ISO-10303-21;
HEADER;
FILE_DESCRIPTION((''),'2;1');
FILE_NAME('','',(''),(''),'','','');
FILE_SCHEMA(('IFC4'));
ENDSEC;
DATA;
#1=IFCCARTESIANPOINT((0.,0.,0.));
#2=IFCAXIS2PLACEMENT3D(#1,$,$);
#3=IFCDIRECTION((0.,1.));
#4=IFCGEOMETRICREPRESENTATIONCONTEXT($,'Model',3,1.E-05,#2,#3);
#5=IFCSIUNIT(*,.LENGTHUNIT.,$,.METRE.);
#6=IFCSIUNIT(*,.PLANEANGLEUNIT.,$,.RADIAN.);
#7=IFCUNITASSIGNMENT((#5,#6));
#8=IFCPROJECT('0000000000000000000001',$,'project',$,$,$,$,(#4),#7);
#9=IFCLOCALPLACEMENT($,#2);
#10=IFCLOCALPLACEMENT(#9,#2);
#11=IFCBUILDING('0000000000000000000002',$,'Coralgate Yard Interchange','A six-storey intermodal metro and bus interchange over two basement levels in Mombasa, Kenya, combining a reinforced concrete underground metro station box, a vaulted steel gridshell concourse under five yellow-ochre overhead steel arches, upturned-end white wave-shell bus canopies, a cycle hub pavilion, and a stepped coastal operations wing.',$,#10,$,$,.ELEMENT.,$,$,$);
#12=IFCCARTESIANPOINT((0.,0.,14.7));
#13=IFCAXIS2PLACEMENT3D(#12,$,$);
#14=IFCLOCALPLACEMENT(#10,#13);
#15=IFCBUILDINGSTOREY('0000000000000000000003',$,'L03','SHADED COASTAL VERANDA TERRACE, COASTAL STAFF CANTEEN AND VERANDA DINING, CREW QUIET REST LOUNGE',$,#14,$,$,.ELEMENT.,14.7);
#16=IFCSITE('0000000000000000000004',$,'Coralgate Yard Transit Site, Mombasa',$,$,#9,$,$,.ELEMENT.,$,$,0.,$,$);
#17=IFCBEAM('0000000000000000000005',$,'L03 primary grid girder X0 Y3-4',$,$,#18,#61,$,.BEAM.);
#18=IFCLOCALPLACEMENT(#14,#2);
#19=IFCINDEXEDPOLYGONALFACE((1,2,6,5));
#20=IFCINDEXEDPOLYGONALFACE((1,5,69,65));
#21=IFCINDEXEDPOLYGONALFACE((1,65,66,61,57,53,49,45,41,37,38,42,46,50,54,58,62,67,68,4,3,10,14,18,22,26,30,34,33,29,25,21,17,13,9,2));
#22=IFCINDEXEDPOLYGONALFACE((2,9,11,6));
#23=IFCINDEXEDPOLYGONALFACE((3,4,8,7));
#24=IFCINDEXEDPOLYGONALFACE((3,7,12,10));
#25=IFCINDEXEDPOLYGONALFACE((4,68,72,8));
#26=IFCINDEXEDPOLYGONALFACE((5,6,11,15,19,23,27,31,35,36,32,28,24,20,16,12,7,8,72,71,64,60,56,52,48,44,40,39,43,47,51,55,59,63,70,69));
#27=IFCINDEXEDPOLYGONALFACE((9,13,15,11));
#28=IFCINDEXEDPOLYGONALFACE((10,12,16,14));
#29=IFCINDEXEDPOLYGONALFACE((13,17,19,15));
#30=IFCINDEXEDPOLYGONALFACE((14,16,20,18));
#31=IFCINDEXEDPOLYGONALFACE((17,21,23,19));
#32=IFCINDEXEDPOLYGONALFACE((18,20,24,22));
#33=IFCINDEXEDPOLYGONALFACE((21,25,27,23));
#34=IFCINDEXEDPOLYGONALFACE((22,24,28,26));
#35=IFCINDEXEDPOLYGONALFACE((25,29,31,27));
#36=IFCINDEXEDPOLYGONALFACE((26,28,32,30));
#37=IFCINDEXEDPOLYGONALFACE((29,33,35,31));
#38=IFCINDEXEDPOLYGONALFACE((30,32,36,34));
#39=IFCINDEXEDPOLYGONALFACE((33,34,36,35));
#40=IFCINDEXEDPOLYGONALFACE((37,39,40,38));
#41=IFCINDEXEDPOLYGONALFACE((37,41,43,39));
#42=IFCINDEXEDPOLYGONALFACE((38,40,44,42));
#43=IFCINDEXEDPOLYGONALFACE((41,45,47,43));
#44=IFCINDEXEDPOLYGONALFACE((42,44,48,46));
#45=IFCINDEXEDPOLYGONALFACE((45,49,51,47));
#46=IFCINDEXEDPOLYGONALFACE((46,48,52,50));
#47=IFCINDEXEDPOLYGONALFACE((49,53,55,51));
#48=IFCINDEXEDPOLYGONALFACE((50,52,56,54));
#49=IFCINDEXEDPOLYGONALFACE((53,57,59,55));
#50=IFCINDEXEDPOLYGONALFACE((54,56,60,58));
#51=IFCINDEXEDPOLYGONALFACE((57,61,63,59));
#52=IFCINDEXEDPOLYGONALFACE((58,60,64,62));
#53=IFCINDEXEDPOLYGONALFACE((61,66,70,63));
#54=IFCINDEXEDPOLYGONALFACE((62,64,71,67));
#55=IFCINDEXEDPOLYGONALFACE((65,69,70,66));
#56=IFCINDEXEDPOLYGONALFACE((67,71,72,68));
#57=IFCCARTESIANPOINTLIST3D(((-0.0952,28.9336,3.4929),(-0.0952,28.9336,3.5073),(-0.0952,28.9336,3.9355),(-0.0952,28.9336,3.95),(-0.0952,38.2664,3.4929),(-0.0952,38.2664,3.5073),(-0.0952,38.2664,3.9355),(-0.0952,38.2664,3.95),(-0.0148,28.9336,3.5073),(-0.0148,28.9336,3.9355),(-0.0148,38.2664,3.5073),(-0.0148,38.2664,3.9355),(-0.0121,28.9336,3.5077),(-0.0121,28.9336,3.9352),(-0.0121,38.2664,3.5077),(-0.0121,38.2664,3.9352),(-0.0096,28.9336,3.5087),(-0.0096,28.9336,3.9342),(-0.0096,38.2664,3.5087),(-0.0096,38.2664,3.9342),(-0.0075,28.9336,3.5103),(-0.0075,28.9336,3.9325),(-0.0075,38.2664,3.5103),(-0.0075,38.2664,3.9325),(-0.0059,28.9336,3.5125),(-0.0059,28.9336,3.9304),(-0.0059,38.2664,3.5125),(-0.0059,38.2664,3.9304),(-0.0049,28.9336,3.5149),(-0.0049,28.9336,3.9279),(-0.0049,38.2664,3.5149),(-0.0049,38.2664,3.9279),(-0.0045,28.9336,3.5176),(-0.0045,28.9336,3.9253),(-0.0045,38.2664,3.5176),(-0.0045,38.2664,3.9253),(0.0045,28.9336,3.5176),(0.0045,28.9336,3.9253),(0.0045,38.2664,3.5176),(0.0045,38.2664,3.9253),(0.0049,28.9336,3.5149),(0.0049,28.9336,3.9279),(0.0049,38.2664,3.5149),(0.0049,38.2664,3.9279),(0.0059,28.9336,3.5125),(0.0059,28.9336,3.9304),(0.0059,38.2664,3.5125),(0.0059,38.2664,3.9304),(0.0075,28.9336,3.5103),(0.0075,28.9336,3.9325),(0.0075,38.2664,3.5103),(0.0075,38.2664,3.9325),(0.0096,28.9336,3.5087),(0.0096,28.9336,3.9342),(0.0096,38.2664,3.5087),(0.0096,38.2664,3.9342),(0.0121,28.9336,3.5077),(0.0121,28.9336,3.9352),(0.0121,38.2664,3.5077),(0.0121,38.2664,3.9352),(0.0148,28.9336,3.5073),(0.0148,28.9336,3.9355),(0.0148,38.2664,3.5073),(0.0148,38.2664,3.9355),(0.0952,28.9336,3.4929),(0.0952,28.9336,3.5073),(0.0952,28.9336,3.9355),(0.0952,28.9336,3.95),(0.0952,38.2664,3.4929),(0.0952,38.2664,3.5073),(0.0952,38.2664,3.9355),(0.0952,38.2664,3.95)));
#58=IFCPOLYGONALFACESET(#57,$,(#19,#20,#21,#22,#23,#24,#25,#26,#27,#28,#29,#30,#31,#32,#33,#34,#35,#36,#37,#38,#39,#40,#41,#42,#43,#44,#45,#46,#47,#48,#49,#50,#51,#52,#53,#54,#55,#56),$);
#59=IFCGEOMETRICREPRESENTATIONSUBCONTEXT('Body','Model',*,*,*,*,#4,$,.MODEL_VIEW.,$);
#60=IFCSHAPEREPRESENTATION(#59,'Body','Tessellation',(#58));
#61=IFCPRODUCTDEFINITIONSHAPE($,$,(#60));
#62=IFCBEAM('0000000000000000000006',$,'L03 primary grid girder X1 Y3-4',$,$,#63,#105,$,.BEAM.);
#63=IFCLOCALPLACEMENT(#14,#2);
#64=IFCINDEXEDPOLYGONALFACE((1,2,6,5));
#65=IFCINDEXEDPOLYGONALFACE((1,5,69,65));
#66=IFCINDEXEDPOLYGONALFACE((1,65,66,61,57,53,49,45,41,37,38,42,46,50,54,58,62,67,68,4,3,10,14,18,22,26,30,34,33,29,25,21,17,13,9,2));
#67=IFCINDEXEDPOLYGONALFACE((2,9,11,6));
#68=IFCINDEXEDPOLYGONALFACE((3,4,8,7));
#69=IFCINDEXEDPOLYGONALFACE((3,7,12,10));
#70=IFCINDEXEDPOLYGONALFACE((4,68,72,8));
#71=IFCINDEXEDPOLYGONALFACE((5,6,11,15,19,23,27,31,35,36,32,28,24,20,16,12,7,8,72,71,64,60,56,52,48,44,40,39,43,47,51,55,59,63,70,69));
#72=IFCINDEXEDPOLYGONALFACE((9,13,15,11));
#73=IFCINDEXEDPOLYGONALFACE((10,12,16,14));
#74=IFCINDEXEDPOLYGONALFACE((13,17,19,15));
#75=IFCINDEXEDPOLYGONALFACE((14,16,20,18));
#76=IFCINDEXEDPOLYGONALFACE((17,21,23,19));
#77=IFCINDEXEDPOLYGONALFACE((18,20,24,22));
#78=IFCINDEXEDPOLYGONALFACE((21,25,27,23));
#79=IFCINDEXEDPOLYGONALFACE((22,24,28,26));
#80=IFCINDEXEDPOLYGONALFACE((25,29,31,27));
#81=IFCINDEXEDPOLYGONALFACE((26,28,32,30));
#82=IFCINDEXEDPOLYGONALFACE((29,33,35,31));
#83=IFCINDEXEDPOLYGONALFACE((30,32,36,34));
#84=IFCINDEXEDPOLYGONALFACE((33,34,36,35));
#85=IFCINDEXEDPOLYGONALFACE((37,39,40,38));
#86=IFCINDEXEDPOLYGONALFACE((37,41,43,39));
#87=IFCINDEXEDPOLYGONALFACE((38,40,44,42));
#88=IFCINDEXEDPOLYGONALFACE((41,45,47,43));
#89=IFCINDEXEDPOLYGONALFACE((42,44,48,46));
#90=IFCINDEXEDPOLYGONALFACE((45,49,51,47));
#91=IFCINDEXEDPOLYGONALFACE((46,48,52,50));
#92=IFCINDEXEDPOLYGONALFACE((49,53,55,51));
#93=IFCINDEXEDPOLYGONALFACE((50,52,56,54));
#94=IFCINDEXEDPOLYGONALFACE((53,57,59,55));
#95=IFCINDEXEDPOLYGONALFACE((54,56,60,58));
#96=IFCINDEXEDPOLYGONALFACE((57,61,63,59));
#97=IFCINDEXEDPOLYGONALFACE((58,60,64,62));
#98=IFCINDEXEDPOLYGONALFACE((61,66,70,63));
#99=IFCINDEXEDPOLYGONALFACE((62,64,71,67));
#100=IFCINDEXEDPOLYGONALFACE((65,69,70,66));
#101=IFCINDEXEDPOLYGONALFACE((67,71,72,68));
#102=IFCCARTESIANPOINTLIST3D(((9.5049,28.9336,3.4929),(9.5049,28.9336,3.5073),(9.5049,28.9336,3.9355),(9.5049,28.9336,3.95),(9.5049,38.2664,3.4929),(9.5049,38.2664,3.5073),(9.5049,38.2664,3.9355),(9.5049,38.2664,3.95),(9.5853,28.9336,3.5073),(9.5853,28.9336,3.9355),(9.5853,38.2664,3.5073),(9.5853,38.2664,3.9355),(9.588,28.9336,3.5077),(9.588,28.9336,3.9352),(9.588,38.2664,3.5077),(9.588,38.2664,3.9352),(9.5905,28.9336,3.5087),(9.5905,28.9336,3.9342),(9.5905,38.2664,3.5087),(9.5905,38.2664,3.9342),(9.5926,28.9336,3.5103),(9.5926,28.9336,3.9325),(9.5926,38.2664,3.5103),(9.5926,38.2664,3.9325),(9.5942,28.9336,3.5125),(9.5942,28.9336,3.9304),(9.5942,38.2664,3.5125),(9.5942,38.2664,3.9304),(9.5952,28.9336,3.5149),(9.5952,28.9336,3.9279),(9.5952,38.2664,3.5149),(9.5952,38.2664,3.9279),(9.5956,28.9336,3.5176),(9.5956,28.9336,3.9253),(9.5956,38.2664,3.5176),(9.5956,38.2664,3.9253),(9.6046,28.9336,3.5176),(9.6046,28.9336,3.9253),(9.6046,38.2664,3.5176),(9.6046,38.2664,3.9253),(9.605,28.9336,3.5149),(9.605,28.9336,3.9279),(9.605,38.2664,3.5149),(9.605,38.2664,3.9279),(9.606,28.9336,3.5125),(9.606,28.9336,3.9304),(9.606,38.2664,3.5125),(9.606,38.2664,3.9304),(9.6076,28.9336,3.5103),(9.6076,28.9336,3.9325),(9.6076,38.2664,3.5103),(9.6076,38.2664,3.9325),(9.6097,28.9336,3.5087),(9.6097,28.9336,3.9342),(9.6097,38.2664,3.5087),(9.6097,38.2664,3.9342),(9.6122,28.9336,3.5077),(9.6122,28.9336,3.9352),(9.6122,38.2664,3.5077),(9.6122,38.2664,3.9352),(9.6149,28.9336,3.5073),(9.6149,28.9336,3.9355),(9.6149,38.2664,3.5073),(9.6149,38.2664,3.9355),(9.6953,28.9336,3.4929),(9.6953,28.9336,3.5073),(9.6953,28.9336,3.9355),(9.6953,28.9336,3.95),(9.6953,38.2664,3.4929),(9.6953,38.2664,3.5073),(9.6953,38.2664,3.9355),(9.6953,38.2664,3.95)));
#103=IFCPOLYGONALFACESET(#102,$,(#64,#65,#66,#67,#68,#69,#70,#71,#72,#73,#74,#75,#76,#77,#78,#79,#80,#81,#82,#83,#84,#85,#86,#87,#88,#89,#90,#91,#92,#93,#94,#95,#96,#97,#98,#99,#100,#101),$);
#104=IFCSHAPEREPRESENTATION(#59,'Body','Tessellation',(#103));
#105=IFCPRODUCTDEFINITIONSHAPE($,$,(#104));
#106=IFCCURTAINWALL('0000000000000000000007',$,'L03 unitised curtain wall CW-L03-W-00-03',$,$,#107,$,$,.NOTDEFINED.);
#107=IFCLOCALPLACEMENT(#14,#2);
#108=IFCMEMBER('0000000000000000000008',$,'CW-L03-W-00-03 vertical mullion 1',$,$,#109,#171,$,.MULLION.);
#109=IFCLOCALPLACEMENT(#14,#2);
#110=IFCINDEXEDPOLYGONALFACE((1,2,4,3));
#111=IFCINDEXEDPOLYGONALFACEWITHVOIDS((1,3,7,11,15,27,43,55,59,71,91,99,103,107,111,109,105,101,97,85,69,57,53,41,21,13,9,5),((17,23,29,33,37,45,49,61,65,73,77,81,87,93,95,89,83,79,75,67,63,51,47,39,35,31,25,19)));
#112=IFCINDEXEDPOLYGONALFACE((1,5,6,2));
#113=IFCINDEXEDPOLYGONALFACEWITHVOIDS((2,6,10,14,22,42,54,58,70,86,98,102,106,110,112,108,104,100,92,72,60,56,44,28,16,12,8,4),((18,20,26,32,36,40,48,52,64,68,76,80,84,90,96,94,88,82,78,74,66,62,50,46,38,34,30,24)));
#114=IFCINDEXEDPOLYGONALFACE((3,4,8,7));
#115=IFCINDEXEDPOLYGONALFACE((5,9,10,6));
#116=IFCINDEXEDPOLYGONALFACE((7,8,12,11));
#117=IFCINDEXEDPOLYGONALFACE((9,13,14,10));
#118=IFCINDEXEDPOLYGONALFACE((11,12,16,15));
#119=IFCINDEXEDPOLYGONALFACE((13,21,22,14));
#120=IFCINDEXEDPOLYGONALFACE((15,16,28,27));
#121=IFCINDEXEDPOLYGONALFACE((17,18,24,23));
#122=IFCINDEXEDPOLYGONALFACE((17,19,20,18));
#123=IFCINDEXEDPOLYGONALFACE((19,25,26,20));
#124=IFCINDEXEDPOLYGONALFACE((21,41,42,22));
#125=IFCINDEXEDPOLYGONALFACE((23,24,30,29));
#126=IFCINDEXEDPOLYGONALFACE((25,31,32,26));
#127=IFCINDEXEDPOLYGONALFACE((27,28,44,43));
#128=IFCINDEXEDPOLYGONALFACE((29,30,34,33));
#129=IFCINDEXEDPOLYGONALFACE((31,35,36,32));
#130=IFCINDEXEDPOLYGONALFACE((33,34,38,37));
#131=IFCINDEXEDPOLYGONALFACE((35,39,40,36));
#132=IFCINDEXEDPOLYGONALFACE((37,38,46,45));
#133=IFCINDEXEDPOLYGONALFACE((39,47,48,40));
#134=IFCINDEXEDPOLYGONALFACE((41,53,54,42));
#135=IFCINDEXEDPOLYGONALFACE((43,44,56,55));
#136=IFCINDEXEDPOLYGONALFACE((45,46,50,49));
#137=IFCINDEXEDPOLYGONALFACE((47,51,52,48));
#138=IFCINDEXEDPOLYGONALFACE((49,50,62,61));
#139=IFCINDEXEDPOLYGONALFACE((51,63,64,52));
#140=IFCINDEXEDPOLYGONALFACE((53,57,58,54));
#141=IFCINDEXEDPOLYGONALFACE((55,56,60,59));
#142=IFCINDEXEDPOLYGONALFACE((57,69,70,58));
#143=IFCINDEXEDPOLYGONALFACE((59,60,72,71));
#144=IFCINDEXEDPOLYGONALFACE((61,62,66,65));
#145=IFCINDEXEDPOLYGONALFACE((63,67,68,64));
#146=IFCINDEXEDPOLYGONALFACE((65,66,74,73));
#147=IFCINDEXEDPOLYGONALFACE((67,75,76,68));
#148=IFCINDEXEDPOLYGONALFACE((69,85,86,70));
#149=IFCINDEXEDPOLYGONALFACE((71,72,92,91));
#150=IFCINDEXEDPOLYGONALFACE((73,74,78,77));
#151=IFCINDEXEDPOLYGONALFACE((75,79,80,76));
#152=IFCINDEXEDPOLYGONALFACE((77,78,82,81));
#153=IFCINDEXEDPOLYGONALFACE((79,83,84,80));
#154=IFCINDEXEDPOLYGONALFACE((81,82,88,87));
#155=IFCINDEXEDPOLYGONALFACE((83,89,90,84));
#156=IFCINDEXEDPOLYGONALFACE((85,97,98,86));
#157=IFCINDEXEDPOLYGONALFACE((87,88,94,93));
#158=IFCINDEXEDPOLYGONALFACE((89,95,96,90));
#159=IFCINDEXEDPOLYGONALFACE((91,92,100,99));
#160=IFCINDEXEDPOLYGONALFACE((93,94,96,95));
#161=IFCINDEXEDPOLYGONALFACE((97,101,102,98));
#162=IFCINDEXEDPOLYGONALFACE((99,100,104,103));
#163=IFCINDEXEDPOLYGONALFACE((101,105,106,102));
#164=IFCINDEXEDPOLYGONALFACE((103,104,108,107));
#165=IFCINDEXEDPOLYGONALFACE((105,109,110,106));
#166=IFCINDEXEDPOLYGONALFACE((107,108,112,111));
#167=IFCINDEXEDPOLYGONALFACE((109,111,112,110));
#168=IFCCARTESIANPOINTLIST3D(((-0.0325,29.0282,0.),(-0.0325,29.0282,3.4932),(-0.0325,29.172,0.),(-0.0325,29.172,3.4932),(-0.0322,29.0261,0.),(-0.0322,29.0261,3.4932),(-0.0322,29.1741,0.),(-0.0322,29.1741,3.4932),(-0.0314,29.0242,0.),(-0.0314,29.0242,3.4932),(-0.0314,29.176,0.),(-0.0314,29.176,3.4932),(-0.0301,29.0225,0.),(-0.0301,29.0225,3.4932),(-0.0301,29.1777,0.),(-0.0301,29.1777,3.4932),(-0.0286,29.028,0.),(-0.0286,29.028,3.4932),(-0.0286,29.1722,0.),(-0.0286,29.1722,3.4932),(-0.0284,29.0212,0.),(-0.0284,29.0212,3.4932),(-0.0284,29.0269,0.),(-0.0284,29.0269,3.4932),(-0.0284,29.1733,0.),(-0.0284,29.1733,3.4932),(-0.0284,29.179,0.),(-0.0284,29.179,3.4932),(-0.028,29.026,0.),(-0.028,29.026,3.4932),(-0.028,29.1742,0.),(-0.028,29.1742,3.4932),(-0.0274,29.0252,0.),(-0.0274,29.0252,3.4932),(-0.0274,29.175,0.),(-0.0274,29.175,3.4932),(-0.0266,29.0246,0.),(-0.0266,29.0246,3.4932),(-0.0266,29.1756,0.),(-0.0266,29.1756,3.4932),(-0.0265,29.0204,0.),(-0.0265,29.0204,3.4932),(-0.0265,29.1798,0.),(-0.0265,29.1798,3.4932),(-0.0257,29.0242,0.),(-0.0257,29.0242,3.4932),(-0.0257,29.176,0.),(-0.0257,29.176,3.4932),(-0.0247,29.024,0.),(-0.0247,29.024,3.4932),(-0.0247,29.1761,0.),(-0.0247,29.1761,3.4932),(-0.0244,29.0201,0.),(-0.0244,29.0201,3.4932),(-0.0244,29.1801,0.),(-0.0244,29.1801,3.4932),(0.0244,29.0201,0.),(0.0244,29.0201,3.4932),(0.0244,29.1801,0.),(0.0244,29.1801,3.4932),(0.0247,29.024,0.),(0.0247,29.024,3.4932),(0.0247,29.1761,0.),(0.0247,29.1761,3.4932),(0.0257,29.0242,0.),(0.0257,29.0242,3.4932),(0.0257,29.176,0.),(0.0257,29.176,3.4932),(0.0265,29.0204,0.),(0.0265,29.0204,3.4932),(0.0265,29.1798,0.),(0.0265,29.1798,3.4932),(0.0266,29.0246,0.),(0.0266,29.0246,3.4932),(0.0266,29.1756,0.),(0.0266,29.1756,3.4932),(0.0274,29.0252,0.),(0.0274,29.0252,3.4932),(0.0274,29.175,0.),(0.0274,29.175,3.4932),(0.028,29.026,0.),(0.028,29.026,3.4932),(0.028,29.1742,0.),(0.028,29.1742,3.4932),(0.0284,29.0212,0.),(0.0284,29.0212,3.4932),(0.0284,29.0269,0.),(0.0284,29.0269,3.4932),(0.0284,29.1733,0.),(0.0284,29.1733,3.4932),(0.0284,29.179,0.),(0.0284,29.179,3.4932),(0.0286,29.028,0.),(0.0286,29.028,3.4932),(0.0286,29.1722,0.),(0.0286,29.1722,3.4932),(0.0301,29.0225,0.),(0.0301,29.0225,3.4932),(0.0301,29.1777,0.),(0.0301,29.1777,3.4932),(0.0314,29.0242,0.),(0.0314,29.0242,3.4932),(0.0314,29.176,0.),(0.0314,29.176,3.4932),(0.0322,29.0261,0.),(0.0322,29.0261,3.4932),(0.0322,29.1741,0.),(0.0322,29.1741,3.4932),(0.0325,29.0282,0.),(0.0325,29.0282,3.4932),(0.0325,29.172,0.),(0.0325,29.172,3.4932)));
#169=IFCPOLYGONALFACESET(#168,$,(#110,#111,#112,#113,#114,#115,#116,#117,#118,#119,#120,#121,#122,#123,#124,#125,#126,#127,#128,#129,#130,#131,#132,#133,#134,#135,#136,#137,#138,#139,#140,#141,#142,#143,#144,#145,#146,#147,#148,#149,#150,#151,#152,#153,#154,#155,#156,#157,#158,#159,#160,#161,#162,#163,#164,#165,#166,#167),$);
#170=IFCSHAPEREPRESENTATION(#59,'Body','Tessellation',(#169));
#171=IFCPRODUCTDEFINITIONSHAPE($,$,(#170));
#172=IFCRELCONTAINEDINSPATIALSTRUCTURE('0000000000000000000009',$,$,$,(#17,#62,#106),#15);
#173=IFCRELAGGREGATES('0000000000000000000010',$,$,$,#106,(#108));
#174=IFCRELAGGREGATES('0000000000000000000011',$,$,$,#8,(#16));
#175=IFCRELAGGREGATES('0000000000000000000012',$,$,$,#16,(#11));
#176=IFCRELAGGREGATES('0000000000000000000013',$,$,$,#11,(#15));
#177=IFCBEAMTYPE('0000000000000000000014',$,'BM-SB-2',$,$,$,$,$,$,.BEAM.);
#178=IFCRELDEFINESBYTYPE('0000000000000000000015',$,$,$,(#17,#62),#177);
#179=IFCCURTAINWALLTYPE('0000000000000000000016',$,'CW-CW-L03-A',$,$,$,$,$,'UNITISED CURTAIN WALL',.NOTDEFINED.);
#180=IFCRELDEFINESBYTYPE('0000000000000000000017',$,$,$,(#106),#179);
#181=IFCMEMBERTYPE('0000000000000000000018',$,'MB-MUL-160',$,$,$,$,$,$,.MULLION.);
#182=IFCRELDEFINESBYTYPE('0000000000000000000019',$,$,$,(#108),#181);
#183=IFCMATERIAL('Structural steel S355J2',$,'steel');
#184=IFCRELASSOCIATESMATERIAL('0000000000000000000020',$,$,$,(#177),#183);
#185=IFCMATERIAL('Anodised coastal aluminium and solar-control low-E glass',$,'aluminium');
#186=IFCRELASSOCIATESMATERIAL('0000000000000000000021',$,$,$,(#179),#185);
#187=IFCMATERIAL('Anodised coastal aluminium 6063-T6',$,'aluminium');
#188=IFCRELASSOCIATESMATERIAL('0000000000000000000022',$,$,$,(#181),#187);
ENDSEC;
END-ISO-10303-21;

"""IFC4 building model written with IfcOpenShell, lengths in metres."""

from ifc_helpers import new_model, si_unit, direction, frame, origin, origin_2d, place, context, subcontext, project, spatial, hollow_rectangle, i_section, extrude, material, material_profile, profile_set, type_object, element, aggregate, save


model = new_model("IFC4")

# Units and contexts
model_context = context("Model", 3, precision=1e-05, world=origin(), true_north=direction((0.0, 1.0)))
body_context = subcontext(model_context, "Body", "Model", "MODEL_VIEW")
ifc_project = project(units=[si_unit("LENGTHUNIT", "METRE"), si_unit("PLANEANGLEUNIT", "RADIAN")], contexts=[model_context])

# Site, building, storey
site_placement = place(None, origin())
site = spatial("IfcSite", under=ifc_project, at=site_placement, Name="Coralgate Yard Transit Site, Mombasa", CompositionType="ELEMENT", RefElevation=0.0)
building_placement = place(site_placement, origin())
building = spatial("IfcBuilding", under=site, at=building_placement, Name="Coralgate Yard Interchange", Description="A six-storey intermodal metro and bus interchange over two basement levels in Mombasa, Kenya, combining a reinforced concrete underground metro station box, a vaulted steel gridshell concourse under five yellow-ochre overhead steel arches, upturned-end white wave-shell bus canopies, a cycle hub pavilion, and a stepped coastal operations wing.", CompositionType="ELEMENT")
storey_placement = place(building_placement, frame((0.0, 0.0, 14.7)))
storey = spatial("IfcBuildingStorey", under=building, at=storey_placement, Name="L03", Description="SHADED COASTAL VERANDA TERRACE, COASTAL STAFF CANTEEN AND VERANDA DINING, CREW QUIET REST LOUNGE", CompositionType="ELEMENT", Elevation=14.7)

# Beams
ifc_material_1 = material(Name="Structural steel S355J2", Category="steel")
ifc_material_profile_1 = material_profile(ifc_material_1, i_section(OverallWidth=0.1904, OverallDepth=0.457, WebThickness=0.009, FlangeThickness=0.0144, FilletRadius=0.0103, at=origin_2d()), Name="UB 457x191x74")
ifc_profile_set_1 = profile_set([ifc_material_profile_1], Name="Structural steel S355J2")
beam_type = type_object("IfcBeamType", Name="BM-SB-2", PredefinedType="BEAM", material=ifc_profile_set_1)
for number, where, z_axis, x_axis, name in (
    (1, (0.0, 28.9336, 3.7214), (0.0, 1.0, 0.0), (-1.0, 0.0, 0.0), "L03 primary grid girder X0 Y3-4"),
    (2, (9.6001, 28.9336, 3.7214), (0.0, 1.0, 0.0), (-1.0, 0.0, 0.0), "L03 primary grid girder X1 Y3-4"),
):
    element("IfcBeam", number, at=place(storey_placement, frame(where, z_axis=z_axis, x_axis=x_axis)), inside=storey, type_object=beam_type, Name=name, PredefinedType="BEAM", context=body_context, shape_type="SweptSolid", body=[
        extrude(i_section(OverallWidth=0.1904, OverallDepth=0.457, WebThickness=0.009, FlangeThickness=0.0144, FilletRadius=0.0103, at=origin_2d()), origin(), (0.0, 0.0, 1.0), 9.3328),
    ])

# Curtain wall, member
ifc_material_2 = material(Name="Anodised coastal aluminium and solar-control low-E glass", Category="aluminium")
curtain_wall_type = type_object("IfcCurtainWallType", Name="CW-CW-L03-A", ElementType="UNITISED CURTAIN WALL", PredefinedType="NOTDEFINED", material=ifc_material_2)
curtain_wall_placement = place(storey_placement, origin())
curtain_wall = element("IfcCurtainWall", 3, at=curtain_wall_placement, inside=storey, type_object=curtain_wall_type, Name="L03 unitised curtain wall CW-L03-W-00-03", PredefinedType="NOTDEFINED")
ifc_material_3 = material(Name="Anodised coastal aluminium 6063-T6", Category="aluminium")
ifc_material_profile_2 = material_profile(ifc_material_3, hollow_rectangle(XDim=0.0649, YDim=0.1599, WallThickness=0.0039, InnerFilletRadius=0.0039, OuterFilletRadius=0.0081, at=origin_2d()), Name="ALU 65x160x4")
ifc_profile_set_2 = profile_set([ifc_material_profile_2], Name="Anodised coastal aluminium 6063-T6")
member_type_1 = type_object("IfcMemberType", Name="MB-MUL-160", PredefinedType="MULLION", material=ifc_profile_set_2)
member_1_placement = place(storey_placement, frame((0.0, 29.1001, 0.0), z_axis=(0.0, 0.0, 1.0), x_axis=(1.0, 0.0, 0.0)))
member_1 = element("IfcMember", 4, at=member_1_placement, type_object=member_type_1, Name="CW-L03-W-00-03 vertical mullion 1", PredefinedType="MULLION", context=body_context, shape_type="SweptSolid", body=[
    extrude(hollow_rectangle(XDim=0.0649, YDim=0.1599, WallThickness=0.0039, InnerFilletRadius=0.0039, OuterFilletRadius=0.0081, at=origin_2d()), origin(), (0.0, 0.0, 1.0), 3.4932),
])
aggregate(curtain_wall, [member_1])

save(model, "model.ifc")
